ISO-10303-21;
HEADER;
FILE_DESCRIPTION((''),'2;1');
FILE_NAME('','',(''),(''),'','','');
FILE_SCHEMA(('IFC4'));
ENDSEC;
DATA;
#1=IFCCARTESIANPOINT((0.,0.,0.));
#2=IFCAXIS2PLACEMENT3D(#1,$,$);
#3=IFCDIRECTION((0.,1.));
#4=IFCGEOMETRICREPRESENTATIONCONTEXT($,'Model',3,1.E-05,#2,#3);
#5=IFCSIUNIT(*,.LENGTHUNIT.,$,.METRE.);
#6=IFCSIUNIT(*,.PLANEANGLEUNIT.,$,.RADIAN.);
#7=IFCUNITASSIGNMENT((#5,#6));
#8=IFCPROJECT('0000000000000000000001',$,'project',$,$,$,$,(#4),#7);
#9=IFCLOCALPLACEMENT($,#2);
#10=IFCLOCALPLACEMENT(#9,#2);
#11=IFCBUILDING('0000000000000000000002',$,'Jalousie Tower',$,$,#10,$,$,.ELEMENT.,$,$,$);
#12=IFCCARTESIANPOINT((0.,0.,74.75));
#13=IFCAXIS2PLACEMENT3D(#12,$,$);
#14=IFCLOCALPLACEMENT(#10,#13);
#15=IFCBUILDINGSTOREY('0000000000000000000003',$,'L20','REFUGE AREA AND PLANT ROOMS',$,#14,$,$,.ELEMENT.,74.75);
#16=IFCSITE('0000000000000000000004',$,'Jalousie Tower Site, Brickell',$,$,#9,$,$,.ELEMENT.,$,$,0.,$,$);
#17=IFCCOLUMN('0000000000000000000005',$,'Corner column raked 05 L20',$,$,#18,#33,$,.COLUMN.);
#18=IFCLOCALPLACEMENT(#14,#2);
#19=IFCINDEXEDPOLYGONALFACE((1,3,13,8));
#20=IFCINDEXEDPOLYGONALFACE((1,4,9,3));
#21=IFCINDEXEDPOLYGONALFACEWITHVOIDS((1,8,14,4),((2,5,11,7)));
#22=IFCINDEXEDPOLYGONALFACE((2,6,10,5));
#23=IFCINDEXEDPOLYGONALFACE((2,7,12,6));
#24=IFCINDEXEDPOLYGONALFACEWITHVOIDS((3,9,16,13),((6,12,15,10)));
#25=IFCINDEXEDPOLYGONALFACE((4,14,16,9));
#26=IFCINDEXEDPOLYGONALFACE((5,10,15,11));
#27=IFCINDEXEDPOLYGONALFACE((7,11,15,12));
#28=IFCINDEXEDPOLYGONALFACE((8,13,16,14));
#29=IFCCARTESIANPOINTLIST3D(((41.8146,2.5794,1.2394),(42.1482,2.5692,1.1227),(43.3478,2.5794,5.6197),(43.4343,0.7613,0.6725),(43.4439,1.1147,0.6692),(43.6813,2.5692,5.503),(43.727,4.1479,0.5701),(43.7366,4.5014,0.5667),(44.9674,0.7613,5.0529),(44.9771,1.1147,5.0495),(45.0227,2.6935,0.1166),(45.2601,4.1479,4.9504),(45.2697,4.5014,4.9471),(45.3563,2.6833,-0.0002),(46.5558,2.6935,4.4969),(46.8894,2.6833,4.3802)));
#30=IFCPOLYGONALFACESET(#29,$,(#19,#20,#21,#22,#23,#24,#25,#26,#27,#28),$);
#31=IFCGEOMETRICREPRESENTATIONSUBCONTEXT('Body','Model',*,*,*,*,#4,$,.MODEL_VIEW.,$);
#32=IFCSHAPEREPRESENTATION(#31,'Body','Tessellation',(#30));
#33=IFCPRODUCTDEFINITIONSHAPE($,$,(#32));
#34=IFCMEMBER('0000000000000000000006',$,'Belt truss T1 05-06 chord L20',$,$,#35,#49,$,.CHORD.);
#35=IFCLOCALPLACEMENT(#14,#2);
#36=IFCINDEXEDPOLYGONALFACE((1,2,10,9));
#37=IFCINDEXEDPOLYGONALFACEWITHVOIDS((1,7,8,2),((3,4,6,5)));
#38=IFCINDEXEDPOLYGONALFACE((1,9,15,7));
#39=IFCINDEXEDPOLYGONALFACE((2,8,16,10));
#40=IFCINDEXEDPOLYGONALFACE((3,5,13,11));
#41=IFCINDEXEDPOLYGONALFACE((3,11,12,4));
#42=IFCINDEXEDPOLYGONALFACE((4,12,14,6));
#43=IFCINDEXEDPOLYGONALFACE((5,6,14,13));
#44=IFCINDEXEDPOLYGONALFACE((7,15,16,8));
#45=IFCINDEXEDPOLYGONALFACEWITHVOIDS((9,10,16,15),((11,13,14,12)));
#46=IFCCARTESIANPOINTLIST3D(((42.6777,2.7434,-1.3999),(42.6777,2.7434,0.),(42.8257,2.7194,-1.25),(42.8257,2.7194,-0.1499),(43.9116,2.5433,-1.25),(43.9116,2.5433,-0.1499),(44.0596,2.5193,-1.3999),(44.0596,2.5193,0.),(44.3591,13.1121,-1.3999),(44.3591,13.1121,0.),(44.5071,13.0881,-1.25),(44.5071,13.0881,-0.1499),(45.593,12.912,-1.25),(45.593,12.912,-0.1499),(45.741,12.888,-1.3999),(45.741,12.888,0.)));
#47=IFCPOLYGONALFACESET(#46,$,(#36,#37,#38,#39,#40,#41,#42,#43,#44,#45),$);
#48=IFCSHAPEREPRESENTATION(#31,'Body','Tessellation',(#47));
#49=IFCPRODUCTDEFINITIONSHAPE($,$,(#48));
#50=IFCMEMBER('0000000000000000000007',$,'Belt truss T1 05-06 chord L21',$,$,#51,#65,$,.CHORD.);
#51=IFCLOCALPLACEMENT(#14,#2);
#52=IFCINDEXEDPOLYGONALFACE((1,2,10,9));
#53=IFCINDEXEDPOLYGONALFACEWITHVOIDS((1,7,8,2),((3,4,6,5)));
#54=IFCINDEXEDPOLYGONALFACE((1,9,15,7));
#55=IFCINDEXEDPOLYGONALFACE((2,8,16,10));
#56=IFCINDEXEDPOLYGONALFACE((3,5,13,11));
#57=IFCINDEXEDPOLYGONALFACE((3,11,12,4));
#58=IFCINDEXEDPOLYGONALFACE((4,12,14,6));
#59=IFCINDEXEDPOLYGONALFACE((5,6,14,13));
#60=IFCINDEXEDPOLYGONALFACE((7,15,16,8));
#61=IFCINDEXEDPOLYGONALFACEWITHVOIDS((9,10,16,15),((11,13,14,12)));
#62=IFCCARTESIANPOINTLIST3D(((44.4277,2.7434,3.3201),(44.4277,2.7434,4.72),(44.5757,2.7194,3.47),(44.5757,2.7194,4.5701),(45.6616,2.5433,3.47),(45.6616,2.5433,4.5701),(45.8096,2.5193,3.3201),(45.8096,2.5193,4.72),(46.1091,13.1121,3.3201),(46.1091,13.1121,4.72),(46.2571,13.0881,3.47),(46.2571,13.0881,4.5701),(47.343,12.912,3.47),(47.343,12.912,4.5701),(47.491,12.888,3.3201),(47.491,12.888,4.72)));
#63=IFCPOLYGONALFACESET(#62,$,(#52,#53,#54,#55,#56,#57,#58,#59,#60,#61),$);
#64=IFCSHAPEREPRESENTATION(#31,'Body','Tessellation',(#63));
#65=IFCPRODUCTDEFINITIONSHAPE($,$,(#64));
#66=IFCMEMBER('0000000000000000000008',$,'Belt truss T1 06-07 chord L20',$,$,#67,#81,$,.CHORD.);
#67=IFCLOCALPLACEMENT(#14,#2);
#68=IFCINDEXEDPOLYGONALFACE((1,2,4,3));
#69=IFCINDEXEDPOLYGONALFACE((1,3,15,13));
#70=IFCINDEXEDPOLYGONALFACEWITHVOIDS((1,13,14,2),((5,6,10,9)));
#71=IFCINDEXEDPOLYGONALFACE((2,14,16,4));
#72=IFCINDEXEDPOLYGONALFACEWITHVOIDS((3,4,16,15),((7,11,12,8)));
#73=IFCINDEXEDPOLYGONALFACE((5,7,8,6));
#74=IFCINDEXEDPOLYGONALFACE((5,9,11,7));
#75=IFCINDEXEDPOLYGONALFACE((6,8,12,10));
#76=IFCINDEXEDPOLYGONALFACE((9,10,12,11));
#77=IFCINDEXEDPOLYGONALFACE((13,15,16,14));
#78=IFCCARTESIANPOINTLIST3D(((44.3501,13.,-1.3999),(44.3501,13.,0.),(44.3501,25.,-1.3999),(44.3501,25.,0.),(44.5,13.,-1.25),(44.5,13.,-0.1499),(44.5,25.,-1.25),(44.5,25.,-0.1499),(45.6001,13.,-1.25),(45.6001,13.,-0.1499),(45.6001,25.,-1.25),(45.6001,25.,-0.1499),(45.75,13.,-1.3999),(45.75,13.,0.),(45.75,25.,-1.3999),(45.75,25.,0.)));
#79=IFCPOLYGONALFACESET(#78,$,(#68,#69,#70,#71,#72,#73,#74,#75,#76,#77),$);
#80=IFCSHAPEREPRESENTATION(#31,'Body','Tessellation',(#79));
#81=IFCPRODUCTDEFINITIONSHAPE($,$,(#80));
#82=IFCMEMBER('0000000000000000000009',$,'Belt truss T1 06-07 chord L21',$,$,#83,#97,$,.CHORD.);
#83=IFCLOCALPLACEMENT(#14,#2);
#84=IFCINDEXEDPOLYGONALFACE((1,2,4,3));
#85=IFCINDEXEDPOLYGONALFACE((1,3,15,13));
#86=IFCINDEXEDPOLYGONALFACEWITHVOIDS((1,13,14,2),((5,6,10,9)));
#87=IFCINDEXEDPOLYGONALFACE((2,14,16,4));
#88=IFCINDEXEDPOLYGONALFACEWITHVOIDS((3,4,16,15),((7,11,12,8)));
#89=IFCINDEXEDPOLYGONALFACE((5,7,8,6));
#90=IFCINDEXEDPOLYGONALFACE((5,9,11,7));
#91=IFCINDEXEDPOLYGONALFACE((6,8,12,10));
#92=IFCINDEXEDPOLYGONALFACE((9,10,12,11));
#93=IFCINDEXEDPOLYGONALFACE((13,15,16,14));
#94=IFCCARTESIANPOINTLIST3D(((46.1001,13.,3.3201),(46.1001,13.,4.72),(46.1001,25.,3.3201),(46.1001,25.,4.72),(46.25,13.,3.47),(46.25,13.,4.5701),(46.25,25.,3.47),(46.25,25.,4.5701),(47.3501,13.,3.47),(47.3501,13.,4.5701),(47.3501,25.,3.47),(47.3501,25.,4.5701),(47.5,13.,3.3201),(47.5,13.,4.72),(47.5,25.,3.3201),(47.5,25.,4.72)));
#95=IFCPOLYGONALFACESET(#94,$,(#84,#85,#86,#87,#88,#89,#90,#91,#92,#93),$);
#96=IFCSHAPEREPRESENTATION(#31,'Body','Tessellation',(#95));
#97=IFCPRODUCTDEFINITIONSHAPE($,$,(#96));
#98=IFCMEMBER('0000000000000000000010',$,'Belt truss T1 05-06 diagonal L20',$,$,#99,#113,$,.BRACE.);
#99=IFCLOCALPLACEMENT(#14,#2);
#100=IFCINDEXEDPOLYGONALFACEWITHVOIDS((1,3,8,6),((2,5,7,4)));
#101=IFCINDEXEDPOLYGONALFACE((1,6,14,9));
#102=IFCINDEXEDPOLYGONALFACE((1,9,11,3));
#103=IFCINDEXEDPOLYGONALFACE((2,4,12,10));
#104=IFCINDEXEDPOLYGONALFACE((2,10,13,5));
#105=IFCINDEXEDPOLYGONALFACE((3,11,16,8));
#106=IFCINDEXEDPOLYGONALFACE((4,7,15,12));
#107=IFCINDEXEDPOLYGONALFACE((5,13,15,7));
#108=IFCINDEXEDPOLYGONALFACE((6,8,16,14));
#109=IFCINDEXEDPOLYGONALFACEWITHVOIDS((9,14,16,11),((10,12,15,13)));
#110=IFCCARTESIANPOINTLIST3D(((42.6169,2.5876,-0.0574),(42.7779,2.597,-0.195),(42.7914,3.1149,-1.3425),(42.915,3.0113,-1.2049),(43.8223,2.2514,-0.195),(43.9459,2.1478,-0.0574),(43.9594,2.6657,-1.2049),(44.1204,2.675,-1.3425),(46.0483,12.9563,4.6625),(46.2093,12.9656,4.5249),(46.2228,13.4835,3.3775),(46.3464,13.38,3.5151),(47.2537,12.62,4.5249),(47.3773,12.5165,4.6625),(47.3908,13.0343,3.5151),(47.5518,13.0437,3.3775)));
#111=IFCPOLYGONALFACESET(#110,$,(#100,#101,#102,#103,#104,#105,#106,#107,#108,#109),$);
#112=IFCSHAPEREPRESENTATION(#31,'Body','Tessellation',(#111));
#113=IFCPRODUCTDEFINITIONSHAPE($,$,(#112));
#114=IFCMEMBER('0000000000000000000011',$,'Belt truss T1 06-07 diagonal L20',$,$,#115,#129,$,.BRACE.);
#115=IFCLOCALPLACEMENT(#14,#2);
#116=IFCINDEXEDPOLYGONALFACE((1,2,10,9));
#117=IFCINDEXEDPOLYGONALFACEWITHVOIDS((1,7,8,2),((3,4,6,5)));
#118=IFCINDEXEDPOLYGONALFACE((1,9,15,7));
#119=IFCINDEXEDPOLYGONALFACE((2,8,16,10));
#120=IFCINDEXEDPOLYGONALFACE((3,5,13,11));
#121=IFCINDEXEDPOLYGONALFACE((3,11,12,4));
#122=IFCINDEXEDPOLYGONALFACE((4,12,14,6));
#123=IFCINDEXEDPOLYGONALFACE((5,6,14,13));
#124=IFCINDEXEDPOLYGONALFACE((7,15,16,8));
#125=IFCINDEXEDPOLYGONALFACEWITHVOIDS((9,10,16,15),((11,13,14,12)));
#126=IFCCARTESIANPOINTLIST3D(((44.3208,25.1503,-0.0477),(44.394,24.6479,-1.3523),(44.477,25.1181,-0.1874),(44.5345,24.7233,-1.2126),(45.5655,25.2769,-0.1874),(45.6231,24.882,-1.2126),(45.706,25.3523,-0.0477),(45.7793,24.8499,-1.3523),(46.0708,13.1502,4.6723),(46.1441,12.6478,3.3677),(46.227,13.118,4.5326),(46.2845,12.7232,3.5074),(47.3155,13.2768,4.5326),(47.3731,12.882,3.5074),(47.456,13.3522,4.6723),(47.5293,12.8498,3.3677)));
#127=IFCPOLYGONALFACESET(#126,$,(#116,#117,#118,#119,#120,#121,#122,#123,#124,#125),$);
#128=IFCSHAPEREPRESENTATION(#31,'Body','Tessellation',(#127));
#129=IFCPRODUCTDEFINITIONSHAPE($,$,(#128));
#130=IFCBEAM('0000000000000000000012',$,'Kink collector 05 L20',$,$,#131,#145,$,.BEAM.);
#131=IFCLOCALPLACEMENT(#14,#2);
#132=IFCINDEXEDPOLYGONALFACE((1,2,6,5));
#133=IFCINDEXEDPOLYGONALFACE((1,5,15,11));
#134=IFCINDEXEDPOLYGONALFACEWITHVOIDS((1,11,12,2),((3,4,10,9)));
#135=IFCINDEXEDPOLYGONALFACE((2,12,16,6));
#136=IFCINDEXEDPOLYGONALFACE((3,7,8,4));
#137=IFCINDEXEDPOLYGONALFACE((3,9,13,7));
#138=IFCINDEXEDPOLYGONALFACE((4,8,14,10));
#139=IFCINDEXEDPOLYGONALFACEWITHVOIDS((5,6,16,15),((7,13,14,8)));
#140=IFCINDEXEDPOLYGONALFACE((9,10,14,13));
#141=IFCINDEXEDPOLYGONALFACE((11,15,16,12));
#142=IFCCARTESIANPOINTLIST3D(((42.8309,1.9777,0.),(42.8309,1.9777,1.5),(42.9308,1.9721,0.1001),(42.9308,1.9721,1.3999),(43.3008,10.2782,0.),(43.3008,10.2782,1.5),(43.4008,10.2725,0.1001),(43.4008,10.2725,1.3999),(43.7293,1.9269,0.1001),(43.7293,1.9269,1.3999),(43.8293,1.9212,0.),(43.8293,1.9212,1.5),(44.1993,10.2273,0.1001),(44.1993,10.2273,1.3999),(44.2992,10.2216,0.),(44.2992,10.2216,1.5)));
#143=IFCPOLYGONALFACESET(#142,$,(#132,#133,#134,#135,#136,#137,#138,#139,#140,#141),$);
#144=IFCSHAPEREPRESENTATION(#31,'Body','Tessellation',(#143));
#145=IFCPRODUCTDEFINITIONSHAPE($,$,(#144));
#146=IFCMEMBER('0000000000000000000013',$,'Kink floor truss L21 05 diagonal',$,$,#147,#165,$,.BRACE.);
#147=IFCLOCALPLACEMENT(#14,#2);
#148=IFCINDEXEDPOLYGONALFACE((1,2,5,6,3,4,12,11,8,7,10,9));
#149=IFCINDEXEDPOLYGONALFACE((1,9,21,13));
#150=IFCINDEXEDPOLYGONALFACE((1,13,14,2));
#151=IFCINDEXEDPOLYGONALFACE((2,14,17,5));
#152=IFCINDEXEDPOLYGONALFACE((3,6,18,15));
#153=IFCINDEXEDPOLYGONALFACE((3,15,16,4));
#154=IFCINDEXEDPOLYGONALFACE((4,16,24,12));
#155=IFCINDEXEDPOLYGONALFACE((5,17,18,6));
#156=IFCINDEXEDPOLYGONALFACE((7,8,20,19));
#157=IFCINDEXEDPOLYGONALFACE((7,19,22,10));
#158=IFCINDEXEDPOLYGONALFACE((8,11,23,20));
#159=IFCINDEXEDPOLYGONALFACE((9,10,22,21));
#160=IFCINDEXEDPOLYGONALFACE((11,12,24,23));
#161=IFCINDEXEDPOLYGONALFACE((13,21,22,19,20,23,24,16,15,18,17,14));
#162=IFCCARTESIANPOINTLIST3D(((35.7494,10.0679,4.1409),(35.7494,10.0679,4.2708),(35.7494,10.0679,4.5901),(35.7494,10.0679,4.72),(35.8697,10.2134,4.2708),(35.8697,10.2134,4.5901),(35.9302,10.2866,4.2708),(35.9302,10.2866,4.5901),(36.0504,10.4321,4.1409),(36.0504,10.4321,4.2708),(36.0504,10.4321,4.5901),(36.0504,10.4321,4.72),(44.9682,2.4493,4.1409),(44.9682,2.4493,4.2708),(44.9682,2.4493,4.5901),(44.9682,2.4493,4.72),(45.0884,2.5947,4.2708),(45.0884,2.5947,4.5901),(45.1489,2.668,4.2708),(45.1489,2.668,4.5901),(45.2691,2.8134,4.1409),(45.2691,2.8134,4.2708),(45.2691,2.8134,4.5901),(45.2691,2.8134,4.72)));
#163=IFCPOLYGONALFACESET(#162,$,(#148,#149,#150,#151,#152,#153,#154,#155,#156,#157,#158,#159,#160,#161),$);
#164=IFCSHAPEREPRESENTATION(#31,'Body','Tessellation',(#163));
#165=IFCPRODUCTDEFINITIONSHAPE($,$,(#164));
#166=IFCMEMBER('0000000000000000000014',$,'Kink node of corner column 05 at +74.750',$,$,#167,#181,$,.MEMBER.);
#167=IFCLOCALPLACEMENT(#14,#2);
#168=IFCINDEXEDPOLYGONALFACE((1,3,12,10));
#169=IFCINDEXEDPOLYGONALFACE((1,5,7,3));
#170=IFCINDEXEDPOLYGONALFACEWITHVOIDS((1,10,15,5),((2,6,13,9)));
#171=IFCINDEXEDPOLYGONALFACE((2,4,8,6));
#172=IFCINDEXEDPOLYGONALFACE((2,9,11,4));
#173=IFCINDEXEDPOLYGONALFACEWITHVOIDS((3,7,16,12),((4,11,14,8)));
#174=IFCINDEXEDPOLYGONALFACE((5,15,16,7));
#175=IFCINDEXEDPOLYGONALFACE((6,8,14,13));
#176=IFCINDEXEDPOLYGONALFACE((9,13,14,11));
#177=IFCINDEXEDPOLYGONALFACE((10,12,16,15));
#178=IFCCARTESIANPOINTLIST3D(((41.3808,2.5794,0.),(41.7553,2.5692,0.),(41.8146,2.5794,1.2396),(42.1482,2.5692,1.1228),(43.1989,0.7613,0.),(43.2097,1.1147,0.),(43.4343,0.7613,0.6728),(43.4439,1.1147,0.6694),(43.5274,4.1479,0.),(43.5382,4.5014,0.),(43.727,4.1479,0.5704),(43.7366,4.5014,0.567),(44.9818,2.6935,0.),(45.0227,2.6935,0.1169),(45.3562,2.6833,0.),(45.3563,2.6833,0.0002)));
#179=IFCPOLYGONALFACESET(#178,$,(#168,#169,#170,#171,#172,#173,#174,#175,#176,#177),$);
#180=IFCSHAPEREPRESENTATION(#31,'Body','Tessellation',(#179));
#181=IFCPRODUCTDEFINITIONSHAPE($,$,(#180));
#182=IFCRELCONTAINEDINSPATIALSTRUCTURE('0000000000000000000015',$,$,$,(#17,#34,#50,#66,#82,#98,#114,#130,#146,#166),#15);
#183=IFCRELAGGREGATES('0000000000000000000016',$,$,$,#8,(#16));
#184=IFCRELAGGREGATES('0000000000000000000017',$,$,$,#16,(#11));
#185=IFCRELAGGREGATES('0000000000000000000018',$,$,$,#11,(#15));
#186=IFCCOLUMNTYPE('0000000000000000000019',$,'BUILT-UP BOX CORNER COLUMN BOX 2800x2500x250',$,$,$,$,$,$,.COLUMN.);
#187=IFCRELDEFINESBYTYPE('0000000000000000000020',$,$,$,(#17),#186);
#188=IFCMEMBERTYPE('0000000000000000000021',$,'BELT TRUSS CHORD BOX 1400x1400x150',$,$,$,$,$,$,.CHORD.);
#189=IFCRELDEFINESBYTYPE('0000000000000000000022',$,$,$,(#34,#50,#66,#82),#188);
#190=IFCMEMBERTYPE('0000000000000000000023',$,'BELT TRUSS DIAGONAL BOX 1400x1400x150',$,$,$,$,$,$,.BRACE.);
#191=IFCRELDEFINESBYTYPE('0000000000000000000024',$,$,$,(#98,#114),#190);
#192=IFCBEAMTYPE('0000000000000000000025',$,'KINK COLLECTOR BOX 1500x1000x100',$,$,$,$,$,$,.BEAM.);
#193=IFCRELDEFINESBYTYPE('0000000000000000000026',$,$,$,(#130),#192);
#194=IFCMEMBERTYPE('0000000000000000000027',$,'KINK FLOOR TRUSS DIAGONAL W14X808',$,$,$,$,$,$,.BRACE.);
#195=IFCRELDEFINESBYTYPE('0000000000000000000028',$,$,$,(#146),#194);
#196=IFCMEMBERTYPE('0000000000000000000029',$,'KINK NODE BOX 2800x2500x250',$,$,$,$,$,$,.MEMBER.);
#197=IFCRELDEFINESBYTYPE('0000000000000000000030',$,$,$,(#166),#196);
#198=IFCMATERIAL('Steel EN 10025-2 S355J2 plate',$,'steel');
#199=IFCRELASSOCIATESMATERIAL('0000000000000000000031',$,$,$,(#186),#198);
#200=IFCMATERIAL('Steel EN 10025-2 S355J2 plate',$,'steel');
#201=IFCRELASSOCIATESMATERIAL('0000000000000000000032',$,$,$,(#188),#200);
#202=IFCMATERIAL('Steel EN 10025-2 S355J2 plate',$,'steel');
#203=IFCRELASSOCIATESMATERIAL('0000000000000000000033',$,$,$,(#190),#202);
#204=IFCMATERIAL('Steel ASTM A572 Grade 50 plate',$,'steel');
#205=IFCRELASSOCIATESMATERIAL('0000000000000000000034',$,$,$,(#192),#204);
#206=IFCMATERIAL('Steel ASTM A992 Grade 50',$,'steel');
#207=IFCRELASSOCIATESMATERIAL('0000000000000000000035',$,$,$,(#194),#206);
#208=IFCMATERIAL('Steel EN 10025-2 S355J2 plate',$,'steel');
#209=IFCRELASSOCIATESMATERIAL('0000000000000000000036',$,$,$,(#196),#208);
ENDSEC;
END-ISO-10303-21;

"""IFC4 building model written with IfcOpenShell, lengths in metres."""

from ifc_helpers import new_model, si_unit, direction, frame, origin, origin_2d, place, context, subcontext, project, spatial, hollow_rectangle, i_section, extrude, clip, halfspace, material, material_profile, profile_set, type_object, element, save


model = new_model("IFC4")

# Units and contexts
model_context = context("Model", 3, precision=1e-05, world=origin(), true_north=direction((0.0, 1.0)))
body_context = subcontext(model_context, "Body", "Model", "MODEL_VIEW")
ifc_project = project(units=[si_unit("LENGTHUNIT", "METRE"), si_unit("PLANEANGLEUNIT", "RADIAN")], contexts=[model_context])

# Site, building, storey
site_placement = place(None, origin())
site = spatial("IfcSite", under=ifc_project, at=site_placement, Name="Jalousie Tower Site, Brickell", CompositionType="ELEMENT", RefElevation=0.0)
building_placement = place(site_placement, origin())
building = spatial("IfcBuilding", under=site, at=building_placement, Name="Jalousie Tower", CompositionType="ELEMENT")
storey_placement = place(building_placement, frame((0.0, 0.0, 74.75)))
storey = spatial("IfcBuildingStorey", under=building, at=storey_placement, Name="L20", Description="REFUGE AREA AND PLANT ROOMS", CompositionType="ELEMENT", Elevation=74.75)

# Column
ifc_material_1 = material(Name="Steel EN 10025-2 S355J2 plate", Category="steel")
ifc_material_profile_1 = material_profile(ifc_material_1, hollow_rectangle(XDim=2.5, YDim=2.8, WallThickness=0.25, at=origin_2d()), Name="BOX 2800x2500x250")
ifc_profile_set_1 = profile_set([ifc_material_profile_1], Name="Steel EN 10025-2 S355J2 plate")
column_type = type_object("IfcColumnType", Name="BUILT-UP BOX CORNER COLUMN BOX 2800x2500x250", PredefinedType="COLUMN", material=ifc_profile_set_1)
column_placement = place(storey_placement, frame((43.5854, 2.6313, 0.6196), z_axis=(0.33035, 0.0, 0.943858), x_axis=(-0.647863, 0.727226, 0.226752)))
element("IfcColumn", 1, at=column_placement, inside=storey, type_object=column_type, Name="Corner column raked 05 L20", PredefinedType="COLUMN", context=body_context, shape_type="SweptSolid", body=[
    extrude(hollow_rectangle(XDim=2.5, YDim=2.8, WallThickness=0.25, at=origin_2d()), origin(), (0.0, 0.0, 1.0), 4.6409),
])

# Members
ifc_material_2 = material(Name="Steel EN 10025-2 S355J2 plate", Category="steel")
ifc_material_profile_2 = material_profile(ifc_material_2, hollow_rectangle(XDim=1.3999, YDim=1.3999, WallThickness=0.1499, at=origin_2d()), Name="BOX 1400x1400x150")
ifc_profile_set_2 = profile_set([ifc_material_profile_2], Name="Steel EN 10025-2 S355J2 plate")
member_type_1 = type_object("IfcMemberType", Name="BELT TRUSS CHORD BOX 1400x1400x150", PredefinedType="CHORD", material=ifc_profile_set_2)
for number, where, z_axis, x_axis, name in (
    (2, (43.3687, 2.6313, -0.7), (0.160071, 0.987106, 0.0), (-0.987106, 0.160071, 0.0), "Belt truss T1 05-06 chord L20"),
    (3, (45.1187, 2.6313, 4.02), (0.160071, 0.987106, 0.0), (-0.987106, 0.160071, 0.0), "Belt truss T1 05-06 chord L21"),
):
    element("IfcMember", number, at=place(storey_placement, frame(where, z_axis=z_axis, x_axis=x_axis)), inside=storey, type_object=member_type_1, Name=name, PredefinedType="CHORD", context=body_context, shape_type="SweptSolid", body=[
        extrude(hollow_rectangle(XDim=1.3999, YDim=1.3999, WallThickness=0.1499, at=origin_2d()), origin(), (0.0, 0.0, 1.0), 10.5042),
    ])
for number, where, z_axis, x_axis, name in (
    (4, (45.05, 13.0, -0.7), (0.0, 1.0, 0.0), (-1.0, 0.0, 0.0), "Belt truss T1 06-07 chord L20"),
    (5, (46.8, 13.0, 4.02), (0.0, 1.0, 0.0), (-1.0, 0.0, 0.0), "Belt truss T1 06-07 chord L21"),
):
    element("IfcMember", number, at=place(storey_placement, frame(where, z_axis=z_axis, x_axis=x_axis)), inside=storey, type_object=member_type_1, Name=name, PredefinedType="CHORD", context=body_context, shape_type="SweptSolid", body=[
        extrude(hollow_rectangle(XDim=1.3999, YDim=1.3999, WallThickness=0.1499, at=origin_2d()), origin(), (0.0, 0.0, 1.0), 12.0),
    ])
ifc_material_3 = material(Name="Steel EN 10025-2 S355J2 plate", Category="steel")
ifc_material_profile_3 = material_profile(ifc_material_3, hollow_rectangle(XDim=1.3999, YDim=1.3999, WallThickness=0.1499, at=origin_2d()), Name="BOX 1400x1400x150")
ifc_profile_set_3 = profile_set([ifc_material_profile_3], Name="Steel EN 10025-2 S355J2 plate")
member_type_2 = type_object("IfcMemberType", Name="BELT TRUSS DIAGONAL BOX 1400x1400x150", PredefinedType="BRACE", material=ifc_profile_set_3)
member_1_placement = place(storey_placement, frame((43.3687, 2.6313, -0.7), z_axis=(0.288402, 0.871464, 0.396704), x_axis=(-0.949363, 0.314182, 0.0)))
element("IfcMember", 6, at=member_1_placement, inside=storey, type_object=member_type_2, Name="Belt truss T1 05-06 diagonal L20", PredefinedType="BRACE", context=body_context, shape_type="SweptSolid", body=[
    extrude(hollow_rectangle(XDim=1.3999, YDim=1.3999, WallThickness=0.1499, at=origin_2d()), origin(), (0.0, 0.0, 1.0), 11.8979),
])
member_2_placement = place(storey_placement, frame((46.8, 13.0, 4.02), z_axis=(-0.13448, 0.922148, -0.362709), x_axis=(-0.989533, -0.144307, 0.0)))
element("IfcMember", 7, at=member_2_placement, inside=storey, type_object=member_type_2, Name="Belt truss T1 06-07 diagonal L20", PredefinedType="BRACE", context=body_context, shape_type="SweptSolid", body=[
    extrude(hollow_rectangle(XDim=1.3999, YDim=1.3999, WallThickness=0.1499, at=origin_2d()), origin(), (0.0, 0.0, 1.0), 13.0132),
])

# Beam
ifc_material_4 = material(Name="Steel ASTM A572 Grade 50 plate", Category="steel")
ifc_material_profile_4 = material_profile(ifc_material_4, hollow_rectangle(XDim=1.0, YDim=1.5, WallThickness=0.1001, at=origin_2d()), Name="BOX 1500x1000x100")
ifc_profile_set_4 = profile_set([ifc_material_profile_4], Name="Steel ASTM A572 Grade 50 plate")
beam_type = type_object("IfcBeamType", Name="KINK COLLECTOR BOX 1500x1000x100", PredefinedType="BEAM", material=ifc_profile_set_4)
beam_placement = place(storey_placement, frame((43.3301, 1.9495, 0.75), z_axis=(0.056529, 0.998401, 0.0), x_axis=(-0.998401, 0.056529, 0.0)))
element("IfcBeam", 8, at=beam_placement, inside=storey, type_object=beam_type, Name="Kink collector 05 L20", PredefinedType="BEAM", context=body_context, shape_type="SweptSolid", body=[
    extrude(hollow_rectangle(XDim=1.0, YDim=1.5, WallThickness=0.1001, at=origin_2d()), origin(), (0.0, 0.0, 1.0), 8.3137),
])

# Members
ifc_material_5 = material(Name="Steel ASTM A992 Grade 50", Category="steel")
ifc_material_profile_5 = material_profile(ifc_material_5, i_section(OverallWidth=0.4724, OverallDepth=0.5791, WebThickness=0.095, FlangeThickness=0.1299, at=origin_2d()), Name="W14X808")
ifc_profile_set_5 = profile_set([ifc_material_profile_5], Name="Steel ASTM A992 Grade 50")
member_type_3 = type_object("IfcMemberType", Name="KINK FLOOR TRUSS DIAGONAL W14X808", PredefinedType="BRACE", material=ifc_profile_set_5)
member_3_placement = place(storey_placement, frame((45.1187, 2.6313, 4.4304), z_axis=(-0.770832, 0.637039, 0.0), x_axis=(-0.637039, -0.770832, 0.0)))
element("IfcMember", 9, at=member_3_placement, inside=storey, type_object=member_type_3, Name="Kink floor truss L21 05 diagonal", PredefinedType="BRACE", context=body_context, shape_type="SweptSolid", body=[
    extrude(i_section(OverallWidth=0.4724, OverallDepth=0.5791, WebThickness=0.095, FlangeThickness=0.1299, at=origin_2d()), origin(), (0.0, 0.0, 1.0), 11.9595),
])
ifc_material_6 = material(Name="Steel EN 10025-2 S355J2 plate", Category="steel")
ifc_material_profile_6 = material_profile(ifc_material_6, hollow_rectangle(XDim=2.5, YDim=2.8, WallThickness=0.25, at=origin_2d()), Name="BOX 2800x2500x250")
ifc_profile_set_6 = profile_set([ifc_material_profile_6], Name="Steel EN 10025-2 S355J2 plate")
member_type_4 = type_object("IfcMemberType", Name="KINK NODE BOX 2800x2500x250", PredefinedType="MEMBER", material=ifc_profile_set_6)
member_4_placement = place(storey_placement, frame((43.1516, 2.6313, -0.6199), z_axis=(0.330301, 0.0, 0.943876), x_axis=(-0.647875, 0.727226, 0.226718)))
element("IfcMember", 10, at=member_4_placement, inside=storey, type_object=member_type_4, Name="Kink node of corner column 05 at +74.750", PredefinedType="MEMBER", context=body_context, shape_type="Clipping", body=[
    clip(extrude(hollow_rectangle(XDim=2.5, YDim=2.8, WallThickness=0.25, at=origin_2d()), origin(), (0.0, 0.0, 1.0), 1.3135), halfspace(frame((0.0, 0.0, 0.6567), z_axis=(0.226718, 0.240203, 0.943876)), True)),
])

save(model, "model.ifc")
